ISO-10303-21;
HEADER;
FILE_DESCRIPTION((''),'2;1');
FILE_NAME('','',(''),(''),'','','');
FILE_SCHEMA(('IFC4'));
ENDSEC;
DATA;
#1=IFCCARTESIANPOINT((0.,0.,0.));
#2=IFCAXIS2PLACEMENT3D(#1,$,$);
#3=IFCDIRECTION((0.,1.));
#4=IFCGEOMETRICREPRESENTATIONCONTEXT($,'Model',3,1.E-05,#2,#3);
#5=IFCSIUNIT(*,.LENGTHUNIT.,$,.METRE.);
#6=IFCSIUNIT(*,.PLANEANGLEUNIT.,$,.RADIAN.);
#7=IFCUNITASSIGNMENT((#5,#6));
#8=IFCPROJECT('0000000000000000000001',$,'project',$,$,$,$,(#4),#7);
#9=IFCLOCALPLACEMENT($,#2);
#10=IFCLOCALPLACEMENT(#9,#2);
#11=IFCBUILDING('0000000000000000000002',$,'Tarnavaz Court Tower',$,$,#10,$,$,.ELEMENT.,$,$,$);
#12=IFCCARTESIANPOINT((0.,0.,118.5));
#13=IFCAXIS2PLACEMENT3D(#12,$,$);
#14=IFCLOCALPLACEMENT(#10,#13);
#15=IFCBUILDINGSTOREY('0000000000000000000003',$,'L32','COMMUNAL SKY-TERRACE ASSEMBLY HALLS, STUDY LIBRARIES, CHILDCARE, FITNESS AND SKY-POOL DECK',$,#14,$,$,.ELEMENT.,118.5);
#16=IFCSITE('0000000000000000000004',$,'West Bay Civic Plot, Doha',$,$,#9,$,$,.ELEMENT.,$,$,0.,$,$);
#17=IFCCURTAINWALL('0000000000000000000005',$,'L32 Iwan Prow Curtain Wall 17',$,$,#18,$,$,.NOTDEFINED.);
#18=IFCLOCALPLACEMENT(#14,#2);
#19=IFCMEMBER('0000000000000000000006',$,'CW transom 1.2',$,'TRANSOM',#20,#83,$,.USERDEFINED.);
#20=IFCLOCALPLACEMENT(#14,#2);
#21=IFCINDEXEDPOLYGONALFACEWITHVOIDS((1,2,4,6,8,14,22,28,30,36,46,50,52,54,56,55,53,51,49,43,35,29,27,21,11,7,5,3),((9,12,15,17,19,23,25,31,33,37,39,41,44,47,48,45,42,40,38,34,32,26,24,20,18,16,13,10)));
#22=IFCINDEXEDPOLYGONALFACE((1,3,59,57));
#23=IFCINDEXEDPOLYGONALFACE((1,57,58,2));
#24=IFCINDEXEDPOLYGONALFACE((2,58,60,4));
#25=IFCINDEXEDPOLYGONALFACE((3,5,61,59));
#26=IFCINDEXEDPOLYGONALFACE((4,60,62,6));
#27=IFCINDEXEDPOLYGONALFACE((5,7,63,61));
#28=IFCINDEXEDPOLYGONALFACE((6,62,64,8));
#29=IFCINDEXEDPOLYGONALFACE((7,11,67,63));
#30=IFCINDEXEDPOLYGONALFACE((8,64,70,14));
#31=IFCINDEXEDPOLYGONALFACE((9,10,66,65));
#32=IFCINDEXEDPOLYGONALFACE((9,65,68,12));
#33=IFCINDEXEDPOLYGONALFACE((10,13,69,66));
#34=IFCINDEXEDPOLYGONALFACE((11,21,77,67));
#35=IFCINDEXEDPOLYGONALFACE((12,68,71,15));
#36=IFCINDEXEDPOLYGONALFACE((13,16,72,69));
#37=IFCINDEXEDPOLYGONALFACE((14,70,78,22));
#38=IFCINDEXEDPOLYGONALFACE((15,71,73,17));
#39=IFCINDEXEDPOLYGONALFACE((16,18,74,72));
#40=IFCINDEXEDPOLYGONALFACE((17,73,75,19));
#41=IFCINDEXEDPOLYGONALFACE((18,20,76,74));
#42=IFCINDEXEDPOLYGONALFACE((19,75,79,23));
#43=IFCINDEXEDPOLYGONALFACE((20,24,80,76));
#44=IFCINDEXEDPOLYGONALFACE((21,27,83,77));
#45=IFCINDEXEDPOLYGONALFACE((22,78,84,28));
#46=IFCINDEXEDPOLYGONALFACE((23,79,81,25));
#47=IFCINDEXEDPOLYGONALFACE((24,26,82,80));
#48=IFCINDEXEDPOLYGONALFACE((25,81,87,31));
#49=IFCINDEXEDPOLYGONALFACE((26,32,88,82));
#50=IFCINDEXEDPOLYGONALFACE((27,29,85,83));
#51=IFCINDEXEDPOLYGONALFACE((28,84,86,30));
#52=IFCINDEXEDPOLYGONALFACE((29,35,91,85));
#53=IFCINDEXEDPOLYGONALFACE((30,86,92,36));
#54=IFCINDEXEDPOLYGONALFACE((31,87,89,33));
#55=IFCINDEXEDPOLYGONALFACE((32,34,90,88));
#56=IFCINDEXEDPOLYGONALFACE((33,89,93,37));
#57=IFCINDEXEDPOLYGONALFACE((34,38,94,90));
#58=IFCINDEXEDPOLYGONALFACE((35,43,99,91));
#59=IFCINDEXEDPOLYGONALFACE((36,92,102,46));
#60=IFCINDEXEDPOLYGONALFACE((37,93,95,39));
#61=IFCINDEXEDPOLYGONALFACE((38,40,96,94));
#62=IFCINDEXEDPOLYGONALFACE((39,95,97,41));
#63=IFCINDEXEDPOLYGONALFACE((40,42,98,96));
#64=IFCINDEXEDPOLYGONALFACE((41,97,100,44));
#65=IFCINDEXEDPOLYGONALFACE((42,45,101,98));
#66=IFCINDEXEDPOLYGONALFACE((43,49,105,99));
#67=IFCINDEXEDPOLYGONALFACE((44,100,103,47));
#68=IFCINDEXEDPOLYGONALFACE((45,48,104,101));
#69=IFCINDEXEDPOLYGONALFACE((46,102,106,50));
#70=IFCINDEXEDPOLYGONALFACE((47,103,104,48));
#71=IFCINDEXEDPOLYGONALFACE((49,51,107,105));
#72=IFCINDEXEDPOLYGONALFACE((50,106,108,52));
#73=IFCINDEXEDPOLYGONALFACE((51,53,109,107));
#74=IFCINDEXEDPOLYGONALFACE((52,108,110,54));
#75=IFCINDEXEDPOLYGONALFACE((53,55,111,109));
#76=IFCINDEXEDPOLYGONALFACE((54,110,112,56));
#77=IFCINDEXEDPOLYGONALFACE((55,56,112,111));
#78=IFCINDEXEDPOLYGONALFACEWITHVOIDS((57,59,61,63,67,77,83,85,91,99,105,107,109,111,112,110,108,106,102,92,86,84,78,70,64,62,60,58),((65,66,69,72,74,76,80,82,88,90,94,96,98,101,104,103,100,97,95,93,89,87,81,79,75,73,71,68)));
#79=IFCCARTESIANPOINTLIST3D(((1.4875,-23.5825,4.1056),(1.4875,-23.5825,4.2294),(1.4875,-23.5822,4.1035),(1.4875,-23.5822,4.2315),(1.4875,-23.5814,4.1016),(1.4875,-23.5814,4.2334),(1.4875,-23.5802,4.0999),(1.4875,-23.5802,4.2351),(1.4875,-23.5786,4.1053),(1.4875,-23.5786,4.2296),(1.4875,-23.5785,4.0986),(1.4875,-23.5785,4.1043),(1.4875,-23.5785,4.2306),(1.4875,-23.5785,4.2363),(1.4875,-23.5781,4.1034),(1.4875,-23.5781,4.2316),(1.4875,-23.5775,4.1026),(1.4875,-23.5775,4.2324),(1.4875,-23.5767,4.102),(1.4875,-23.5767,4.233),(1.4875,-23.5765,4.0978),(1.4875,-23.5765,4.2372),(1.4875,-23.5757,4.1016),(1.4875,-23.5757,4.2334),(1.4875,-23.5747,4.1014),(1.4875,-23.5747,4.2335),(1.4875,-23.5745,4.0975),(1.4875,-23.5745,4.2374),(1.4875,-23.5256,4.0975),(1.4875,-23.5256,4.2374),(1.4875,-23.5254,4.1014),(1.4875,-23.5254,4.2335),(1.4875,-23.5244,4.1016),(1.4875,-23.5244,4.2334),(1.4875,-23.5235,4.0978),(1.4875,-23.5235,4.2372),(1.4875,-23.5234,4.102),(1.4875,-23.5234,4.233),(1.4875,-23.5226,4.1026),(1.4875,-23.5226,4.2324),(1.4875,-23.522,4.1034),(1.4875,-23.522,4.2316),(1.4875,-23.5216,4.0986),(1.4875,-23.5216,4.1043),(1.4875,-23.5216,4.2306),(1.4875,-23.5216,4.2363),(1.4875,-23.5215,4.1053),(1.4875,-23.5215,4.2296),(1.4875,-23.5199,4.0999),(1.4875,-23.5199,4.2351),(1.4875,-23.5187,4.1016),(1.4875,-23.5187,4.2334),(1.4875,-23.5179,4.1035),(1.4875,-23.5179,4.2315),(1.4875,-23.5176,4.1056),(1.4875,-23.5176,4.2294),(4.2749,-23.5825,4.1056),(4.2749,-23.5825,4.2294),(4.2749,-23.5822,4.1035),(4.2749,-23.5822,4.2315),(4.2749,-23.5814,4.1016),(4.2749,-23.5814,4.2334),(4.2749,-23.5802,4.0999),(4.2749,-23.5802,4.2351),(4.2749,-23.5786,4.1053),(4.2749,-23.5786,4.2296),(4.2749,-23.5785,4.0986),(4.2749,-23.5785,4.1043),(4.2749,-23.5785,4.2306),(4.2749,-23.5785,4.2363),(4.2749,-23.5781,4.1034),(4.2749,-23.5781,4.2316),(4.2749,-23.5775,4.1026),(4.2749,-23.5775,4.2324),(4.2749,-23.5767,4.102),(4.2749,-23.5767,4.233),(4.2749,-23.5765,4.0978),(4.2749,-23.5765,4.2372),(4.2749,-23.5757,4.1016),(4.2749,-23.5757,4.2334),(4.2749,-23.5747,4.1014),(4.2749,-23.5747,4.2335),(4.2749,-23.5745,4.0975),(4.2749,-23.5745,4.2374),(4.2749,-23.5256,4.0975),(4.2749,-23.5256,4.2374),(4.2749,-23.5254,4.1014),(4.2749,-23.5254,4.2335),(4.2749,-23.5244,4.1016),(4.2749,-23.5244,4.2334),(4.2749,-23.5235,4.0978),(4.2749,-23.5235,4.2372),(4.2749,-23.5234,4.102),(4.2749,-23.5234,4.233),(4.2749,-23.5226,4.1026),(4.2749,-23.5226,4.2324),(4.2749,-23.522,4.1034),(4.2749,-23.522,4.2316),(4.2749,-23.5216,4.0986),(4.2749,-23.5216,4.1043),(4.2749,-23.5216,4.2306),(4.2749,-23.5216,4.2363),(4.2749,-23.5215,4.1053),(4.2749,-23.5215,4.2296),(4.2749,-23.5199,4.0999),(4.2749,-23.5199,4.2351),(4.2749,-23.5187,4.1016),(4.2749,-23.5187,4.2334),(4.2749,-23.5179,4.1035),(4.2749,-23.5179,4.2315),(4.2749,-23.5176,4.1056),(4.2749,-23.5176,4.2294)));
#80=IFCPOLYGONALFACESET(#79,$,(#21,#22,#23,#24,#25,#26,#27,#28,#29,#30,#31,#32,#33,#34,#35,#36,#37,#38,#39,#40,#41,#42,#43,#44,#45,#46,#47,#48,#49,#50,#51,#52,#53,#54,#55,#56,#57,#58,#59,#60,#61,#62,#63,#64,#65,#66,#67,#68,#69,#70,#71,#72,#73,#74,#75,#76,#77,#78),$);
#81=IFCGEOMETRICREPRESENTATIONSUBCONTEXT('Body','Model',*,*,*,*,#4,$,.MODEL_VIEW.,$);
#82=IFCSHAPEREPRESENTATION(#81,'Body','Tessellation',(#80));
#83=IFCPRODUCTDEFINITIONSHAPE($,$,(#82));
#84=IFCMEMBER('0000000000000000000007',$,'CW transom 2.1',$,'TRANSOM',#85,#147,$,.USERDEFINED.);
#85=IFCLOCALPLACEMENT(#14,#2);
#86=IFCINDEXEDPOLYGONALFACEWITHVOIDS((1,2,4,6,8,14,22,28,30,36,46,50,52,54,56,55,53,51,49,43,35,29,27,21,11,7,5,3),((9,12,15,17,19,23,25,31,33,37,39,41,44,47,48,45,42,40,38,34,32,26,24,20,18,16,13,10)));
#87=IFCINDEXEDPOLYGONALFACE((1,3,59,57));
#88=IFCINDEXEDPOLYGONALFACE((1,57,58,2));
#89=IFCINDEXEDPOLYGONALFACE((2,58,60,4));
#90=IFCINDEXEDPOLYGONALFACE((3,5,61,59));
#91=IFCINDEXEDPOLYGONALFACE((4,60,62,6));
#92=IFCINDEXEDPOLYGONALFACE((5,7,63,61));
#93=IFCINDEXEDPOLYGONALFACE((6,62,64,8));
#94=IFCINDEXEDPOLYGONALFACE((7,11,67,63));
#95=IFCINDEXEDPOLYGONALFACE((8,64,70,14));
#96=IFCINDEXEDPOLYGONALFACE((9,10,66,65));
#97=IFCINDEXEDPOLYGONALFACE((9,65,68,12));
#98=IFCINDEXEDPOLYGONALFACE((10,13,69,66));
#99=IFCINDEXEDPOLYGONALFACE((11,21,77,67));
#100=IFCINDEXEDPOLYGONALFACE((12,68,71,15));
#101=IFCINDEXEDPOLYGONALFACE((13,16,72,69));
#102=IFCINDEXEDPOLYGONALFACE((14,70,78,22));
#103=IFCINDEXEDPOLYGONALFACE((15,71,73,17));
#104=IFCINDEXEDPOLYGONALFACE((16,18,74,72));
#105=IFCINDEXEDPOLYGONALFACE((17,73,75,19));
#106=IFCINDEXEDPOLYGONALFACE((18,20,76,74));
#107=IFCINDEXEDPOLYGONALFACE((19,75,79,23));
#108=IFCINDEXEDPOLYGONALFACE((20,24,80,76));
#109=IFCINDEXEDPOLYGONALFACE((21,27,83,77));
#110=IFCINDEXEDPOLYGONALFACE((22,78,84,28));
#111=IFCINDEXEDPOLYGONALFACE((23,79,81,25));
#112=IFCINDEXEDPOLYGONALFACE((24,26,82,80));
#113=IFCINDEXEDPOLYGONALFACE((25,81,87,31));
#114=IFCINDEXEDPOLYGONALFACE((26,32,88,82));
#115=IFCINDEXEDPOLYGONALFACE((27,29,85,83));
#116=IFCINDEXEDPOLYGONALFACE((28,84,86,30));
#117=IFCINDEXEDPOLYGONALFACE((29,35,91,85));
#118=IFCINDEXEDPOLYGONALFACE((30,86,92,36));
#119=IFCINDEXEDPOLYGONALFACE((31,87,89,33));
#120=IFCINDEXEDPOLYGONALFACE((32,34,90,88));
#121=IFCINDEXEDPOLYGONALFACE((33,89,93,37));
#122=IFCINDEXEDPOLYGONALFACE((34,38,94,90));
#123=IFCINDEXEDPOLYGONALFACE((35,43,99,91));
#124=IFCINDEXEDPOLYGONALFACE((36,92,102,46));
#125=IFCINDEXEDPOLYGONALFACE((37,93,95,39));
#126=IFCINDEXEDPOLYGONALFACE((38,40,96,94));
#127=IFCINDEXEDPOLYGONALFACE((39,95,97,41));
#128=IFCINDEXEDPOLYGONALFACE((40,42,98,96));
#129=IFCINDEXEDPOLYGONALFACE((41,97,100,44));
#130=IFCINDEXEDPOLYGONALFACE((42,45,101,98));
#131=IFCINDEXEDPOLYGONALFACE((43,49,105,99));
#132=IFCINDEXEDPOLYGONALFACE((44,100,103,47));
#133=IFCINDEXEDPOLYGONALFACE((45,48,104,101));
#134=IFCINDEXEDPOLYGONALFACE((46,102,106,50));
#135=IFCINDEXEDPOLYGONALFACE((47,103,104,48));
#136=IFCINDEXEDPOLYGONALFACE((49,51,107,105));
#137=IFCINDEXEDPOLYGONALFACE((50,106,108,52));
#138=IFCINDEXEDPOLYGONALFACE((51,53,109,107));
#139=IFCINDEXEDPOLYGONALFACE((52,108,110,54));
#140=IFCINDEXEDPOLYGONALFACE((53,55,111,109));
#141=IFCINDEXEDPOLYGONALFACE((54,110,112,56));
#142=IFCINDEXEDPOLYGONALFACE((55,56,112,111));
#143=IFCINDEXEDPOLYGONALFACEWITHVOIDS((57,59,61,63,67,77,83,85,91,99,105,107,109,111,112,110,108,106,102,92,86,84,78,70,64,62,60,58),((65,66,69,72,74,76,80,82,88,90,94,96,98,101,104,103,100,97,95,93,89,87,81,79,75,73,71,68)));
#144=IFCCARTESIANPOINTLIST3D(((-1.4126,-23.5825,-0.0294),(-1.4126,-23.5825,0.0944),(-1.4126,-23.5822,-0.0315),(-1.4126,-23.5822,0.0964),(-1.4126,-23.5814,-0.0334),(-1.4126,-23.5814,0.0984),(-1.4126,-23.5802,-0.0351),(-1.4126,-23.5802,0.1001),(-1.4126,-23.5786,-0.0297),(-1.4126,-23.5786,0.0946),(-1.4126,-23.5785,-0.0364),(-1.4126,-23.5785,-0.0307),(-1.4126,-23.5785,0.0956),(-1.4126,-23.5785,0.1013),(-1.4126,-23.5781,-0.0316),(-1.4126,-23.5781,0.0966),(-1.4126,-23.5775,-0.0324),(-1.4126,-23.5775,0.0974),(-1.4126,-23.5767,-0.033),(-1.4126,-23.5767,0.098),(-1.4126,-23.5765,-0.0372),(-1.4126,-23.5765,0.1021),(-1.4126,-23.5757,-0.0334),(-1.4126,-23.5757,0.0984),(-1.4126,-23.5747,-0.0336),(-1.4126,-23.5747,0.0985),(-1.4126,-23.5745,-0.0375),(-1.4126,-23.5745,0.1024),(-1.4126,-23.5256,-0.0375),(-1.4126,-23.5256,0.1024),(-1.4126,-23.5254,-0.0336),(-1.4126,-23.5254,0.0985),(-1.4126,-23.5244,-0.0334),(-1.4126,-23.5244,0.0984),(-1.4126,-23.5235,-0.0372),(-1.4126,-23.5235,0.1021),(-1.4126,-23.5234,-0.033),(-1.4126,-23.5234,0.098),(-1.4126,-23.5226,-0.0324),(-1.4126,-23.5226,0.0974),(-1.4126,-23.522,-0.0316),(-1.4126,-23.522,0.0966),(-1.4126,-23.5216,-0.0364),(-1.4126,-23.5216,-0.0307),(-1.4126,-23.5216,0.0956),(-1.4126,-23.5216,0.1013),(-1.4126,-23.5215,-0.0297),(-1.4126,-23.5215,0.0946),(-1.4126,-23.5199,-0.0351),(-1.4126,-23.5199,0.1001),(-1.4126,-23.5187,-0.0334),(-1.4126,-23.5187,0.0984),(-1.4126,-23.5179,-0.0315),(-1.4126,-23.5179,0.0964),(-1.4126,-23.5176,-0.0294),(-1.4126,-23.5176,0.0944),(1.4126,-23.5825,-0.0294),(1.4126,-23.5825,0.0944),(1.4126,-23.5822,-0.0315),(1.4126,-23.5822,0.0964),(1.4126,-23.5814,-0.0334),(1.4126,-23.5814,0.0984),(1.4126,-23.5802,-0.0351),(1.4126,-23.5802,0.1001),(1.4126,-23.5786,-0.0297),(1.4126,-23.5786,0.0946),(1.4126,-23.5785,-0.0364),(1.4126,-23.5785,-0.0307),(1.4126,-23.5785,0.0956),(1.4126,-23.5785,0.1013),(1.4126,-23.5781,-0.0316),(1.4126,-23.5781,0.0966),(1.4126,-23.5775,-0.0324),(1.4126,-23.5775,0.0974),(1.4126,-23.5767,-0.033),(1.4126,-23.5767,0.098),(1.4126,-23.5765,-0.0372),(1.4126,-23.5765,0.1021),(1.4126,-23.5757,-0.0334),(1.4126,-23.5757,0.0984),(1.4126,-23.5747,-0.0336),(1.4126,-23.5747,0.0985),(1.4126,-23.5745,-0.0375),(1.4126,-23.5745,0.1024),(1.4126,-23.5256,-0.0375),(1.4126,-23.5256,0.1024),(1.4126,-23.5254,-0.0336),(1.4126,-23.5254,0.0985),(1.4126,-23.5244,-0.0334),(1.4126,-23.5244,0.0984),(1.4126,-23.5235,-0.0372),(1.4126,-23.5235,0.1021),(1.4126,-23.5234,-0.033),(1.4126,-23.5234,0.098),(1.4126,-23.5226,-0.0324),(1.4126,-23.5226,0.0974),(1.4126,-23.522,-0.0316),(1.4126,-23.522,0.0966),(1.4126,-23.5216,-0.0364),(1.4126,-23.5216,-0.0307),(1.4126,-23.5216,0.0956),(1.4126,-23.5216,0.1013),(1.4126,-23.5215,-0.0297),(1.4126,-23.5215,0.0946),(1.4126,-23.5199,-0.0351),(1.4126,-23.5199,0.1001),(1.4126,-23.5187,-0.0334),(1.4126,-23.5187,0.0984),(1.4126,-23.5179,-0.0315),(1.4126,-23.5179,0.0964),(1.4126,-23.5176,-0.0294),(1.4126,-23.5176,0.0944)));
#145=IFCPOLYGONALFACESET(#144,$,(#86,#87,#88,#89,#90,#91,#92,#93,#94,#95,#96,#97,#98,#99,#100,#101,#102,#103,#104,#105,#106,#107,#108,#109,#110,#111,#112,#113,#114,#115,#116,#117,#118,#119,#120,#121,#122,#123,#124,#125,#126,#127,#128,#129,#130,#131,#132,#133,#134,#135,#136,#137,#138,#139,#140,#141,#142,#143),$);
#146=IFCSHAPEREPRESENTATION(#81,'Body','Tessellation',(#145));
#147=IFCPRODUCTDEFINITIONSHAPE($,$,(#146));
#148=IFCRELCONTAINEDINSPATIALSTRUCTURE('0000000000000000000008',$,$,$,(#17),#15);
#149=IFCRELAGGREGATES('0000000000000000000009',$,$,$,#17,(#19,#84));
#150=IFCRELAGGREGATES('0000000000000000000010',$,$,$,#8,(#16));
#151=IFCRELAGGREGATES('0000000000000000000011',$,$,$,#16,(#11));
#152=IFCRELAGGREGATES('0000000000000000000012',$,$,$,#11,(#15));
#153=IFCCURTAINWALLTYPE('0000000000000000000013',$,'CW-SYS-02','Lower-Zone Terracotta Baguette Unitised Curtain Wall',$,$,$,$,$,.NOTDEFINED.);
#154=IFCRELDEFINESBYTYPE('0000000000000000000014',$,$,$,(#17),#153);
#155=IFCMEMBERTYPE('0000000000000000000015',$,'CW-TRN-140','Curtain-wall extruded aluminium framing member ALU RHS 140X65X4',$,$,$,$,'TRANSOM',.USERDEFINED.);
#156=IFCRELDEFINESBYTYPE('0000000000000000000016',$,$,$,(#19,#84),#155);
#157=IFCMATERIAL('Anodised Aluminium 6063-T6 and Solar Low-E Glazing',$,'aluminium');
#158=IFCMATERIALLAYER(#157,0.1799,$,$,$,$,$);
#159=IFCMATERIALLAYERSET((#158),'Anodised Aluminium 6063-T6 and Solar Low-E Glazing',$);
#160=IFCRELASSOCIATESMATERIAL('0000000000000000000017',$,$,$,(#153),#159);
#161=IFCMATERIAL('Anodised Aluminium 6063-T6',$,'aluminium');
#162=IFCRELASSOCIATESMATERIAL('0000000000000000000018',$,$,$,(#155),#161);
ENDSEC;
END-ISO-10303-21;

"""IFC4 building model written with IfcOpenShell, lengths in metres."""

from ifc_helpers import new_model, si_unit, direction, frame, origin, origin_2d, place, context, subcontext, project, spatial, hollow_rectangle, extrude, material, layer, layer_set, material_profile, profile_set, type_object, element, aggregate, save


model = new_model("IFC4")

# Units and contexts
model_context = context("Model", 3, precision=1e-05, world=origin(), true_north=direction((0.0, 1.0)))
body_context = subcontext(model_context, "Body", "Model", "MODEL_VIEW")
ifc_project = project(units=[si_unit("LENGTHUNIT", "METRE"), si_unit("PLANEANGLEUNIT", "RADIAN")], contexts=[model_context])

# Site, building, storey
site_placement = place(None, origin())
site = spatial("IfcSite", under=ifc_project, at=site_placement, Name="West Bay Civic Plot, Doha", CompositionType="ELEMENT", RefElevation=0.0)
building_placement = place(site_placement, origin())
building = spatial("IfcBuilding", under=site, at=building_placement, Name="Tarnavaz Court Tower", CompositionType="ELEMENT")
storey_placement = place(building_placement, frame((0.0, 0.0, 118.5)))
storey = spatial("IfcBuildingStorey", under=building, at=storey_placement, Name="L32", Description="COMMUNAL SKY-TERRACE ASSEMBLY HALLS, STUDY LIBRARIES, CHILDCARE, FITNESS AND SKY-POOL DECK", CompositionType="ELEMENT", Elevation=118.5)

# Shared definitions
ifc_material_1 = material(Name="Anodised Aluminium 6063-T6 and Solar Low-E Glazing", Category="aluminium")
ifc_material_2 = material(Name="Anodised Aluminium 6063-T6", Category="aluminium")

# Curtain wall
ifc_layer_1 = layer(ifc_material_1, 0.1799)
ifc_layer_set_1 = layer_set([ifc_layer_1], Name="Anodised Aluminium 6063-T6 and Solar Low-E Glazing")
curtain_wall_type_1 = type_object("IfcCurtainWallType", Name="CW-SYS-02", Description="Lower-Zone Terracotta Baguette Unitised Curtain Wall", PredefinedType="NOTDEFINED", material=ifc_layer_set_1)
curtain_wall_1_placement = place(storey_placement, origin())
curtain_wall_1 = element("IfcCurtainWall", 1, at=curtain_wall_1_placement, inside=storey, type_object=curtain_wall_type_1, Name="L32 Iwan Prow Curtain Wall 17", PredefinedType="NOTDEFINED")

# Members
ifc_material_profile_1 = material_profile(ifc_material_2, hollow_rectangle(XDim=0.0649, YDim=0.1399, WallThickness=0.0039, InnerFilletRadius=0.0039, OuterFilletRadius=0.0081, at=origin_2d()), Name="ALU RHS 140X65X4")
ifc_profile_set_1 = profile_set([ifc_material_profile_1], Name="Anodised Aluminium 6063-T6")
member_type_1 = type_object("IfcMemberType", Name="CW-TRN-140", Description="Curtain-wall extruded aluminium framing member ALU RHS 140X65X4", ElementType="TRANSOM", PredefinedType="USERDEFINED", material=ifc_profile_set_1)
member_1_placement = place(storey_placement, frame((4.2749, -23.55, 4.1675), z_axis=(-1.0, 0.0, 0.0), x_axis=(0.0, -1.0, 0.0)))
member_1 = element("IfcMember", 2, at=member_1_placement, type_object=member_type_1, Name="CW transom 1.2", ObjectType="TRANSOM", PredefinedType="USERDEFINED", context=body_context, shape_type="SweptSolid", body=[
    extrude(hollow_rectangle(XDim=0.0649, YDim=0.1399, WallThickness=0.0039, InnerFilletRadius=0.0039, OuterFilletRadius=0.0081, at=origin_2d()), origin(), (0.0, 0.0, 1.0), 2.7874),
])
member_2_placement = place(storey_placement, frame((1.4126, -23.55, 0.0325), z_axis=(-1.0, 0.0, 0.0), x_axis=(0.0, -1.0, 0.0)))
member_2 = element("IfcMember", 3, at=member_2_placement, type_object=member_type_1, Name="CW transom 2.1", ObjectType="TRANSOM", PredefinedType="USERDEFINED", context=body_context, shape_type="SweptSolid", body=[
    extrude(hollow_rectangle(XDim=0.0649, YDim=0.1399, WallThickness=0.0039, InnerFilletRadius=0.0039, OuterFilletRadius=0.0081, at=origin_2d()), origin(), (0.0, 0.0, 1.0), 2.8252),
])

aggregate(curtain_wall_1, [member_1, member_2])

save(model, "model.ifc")
